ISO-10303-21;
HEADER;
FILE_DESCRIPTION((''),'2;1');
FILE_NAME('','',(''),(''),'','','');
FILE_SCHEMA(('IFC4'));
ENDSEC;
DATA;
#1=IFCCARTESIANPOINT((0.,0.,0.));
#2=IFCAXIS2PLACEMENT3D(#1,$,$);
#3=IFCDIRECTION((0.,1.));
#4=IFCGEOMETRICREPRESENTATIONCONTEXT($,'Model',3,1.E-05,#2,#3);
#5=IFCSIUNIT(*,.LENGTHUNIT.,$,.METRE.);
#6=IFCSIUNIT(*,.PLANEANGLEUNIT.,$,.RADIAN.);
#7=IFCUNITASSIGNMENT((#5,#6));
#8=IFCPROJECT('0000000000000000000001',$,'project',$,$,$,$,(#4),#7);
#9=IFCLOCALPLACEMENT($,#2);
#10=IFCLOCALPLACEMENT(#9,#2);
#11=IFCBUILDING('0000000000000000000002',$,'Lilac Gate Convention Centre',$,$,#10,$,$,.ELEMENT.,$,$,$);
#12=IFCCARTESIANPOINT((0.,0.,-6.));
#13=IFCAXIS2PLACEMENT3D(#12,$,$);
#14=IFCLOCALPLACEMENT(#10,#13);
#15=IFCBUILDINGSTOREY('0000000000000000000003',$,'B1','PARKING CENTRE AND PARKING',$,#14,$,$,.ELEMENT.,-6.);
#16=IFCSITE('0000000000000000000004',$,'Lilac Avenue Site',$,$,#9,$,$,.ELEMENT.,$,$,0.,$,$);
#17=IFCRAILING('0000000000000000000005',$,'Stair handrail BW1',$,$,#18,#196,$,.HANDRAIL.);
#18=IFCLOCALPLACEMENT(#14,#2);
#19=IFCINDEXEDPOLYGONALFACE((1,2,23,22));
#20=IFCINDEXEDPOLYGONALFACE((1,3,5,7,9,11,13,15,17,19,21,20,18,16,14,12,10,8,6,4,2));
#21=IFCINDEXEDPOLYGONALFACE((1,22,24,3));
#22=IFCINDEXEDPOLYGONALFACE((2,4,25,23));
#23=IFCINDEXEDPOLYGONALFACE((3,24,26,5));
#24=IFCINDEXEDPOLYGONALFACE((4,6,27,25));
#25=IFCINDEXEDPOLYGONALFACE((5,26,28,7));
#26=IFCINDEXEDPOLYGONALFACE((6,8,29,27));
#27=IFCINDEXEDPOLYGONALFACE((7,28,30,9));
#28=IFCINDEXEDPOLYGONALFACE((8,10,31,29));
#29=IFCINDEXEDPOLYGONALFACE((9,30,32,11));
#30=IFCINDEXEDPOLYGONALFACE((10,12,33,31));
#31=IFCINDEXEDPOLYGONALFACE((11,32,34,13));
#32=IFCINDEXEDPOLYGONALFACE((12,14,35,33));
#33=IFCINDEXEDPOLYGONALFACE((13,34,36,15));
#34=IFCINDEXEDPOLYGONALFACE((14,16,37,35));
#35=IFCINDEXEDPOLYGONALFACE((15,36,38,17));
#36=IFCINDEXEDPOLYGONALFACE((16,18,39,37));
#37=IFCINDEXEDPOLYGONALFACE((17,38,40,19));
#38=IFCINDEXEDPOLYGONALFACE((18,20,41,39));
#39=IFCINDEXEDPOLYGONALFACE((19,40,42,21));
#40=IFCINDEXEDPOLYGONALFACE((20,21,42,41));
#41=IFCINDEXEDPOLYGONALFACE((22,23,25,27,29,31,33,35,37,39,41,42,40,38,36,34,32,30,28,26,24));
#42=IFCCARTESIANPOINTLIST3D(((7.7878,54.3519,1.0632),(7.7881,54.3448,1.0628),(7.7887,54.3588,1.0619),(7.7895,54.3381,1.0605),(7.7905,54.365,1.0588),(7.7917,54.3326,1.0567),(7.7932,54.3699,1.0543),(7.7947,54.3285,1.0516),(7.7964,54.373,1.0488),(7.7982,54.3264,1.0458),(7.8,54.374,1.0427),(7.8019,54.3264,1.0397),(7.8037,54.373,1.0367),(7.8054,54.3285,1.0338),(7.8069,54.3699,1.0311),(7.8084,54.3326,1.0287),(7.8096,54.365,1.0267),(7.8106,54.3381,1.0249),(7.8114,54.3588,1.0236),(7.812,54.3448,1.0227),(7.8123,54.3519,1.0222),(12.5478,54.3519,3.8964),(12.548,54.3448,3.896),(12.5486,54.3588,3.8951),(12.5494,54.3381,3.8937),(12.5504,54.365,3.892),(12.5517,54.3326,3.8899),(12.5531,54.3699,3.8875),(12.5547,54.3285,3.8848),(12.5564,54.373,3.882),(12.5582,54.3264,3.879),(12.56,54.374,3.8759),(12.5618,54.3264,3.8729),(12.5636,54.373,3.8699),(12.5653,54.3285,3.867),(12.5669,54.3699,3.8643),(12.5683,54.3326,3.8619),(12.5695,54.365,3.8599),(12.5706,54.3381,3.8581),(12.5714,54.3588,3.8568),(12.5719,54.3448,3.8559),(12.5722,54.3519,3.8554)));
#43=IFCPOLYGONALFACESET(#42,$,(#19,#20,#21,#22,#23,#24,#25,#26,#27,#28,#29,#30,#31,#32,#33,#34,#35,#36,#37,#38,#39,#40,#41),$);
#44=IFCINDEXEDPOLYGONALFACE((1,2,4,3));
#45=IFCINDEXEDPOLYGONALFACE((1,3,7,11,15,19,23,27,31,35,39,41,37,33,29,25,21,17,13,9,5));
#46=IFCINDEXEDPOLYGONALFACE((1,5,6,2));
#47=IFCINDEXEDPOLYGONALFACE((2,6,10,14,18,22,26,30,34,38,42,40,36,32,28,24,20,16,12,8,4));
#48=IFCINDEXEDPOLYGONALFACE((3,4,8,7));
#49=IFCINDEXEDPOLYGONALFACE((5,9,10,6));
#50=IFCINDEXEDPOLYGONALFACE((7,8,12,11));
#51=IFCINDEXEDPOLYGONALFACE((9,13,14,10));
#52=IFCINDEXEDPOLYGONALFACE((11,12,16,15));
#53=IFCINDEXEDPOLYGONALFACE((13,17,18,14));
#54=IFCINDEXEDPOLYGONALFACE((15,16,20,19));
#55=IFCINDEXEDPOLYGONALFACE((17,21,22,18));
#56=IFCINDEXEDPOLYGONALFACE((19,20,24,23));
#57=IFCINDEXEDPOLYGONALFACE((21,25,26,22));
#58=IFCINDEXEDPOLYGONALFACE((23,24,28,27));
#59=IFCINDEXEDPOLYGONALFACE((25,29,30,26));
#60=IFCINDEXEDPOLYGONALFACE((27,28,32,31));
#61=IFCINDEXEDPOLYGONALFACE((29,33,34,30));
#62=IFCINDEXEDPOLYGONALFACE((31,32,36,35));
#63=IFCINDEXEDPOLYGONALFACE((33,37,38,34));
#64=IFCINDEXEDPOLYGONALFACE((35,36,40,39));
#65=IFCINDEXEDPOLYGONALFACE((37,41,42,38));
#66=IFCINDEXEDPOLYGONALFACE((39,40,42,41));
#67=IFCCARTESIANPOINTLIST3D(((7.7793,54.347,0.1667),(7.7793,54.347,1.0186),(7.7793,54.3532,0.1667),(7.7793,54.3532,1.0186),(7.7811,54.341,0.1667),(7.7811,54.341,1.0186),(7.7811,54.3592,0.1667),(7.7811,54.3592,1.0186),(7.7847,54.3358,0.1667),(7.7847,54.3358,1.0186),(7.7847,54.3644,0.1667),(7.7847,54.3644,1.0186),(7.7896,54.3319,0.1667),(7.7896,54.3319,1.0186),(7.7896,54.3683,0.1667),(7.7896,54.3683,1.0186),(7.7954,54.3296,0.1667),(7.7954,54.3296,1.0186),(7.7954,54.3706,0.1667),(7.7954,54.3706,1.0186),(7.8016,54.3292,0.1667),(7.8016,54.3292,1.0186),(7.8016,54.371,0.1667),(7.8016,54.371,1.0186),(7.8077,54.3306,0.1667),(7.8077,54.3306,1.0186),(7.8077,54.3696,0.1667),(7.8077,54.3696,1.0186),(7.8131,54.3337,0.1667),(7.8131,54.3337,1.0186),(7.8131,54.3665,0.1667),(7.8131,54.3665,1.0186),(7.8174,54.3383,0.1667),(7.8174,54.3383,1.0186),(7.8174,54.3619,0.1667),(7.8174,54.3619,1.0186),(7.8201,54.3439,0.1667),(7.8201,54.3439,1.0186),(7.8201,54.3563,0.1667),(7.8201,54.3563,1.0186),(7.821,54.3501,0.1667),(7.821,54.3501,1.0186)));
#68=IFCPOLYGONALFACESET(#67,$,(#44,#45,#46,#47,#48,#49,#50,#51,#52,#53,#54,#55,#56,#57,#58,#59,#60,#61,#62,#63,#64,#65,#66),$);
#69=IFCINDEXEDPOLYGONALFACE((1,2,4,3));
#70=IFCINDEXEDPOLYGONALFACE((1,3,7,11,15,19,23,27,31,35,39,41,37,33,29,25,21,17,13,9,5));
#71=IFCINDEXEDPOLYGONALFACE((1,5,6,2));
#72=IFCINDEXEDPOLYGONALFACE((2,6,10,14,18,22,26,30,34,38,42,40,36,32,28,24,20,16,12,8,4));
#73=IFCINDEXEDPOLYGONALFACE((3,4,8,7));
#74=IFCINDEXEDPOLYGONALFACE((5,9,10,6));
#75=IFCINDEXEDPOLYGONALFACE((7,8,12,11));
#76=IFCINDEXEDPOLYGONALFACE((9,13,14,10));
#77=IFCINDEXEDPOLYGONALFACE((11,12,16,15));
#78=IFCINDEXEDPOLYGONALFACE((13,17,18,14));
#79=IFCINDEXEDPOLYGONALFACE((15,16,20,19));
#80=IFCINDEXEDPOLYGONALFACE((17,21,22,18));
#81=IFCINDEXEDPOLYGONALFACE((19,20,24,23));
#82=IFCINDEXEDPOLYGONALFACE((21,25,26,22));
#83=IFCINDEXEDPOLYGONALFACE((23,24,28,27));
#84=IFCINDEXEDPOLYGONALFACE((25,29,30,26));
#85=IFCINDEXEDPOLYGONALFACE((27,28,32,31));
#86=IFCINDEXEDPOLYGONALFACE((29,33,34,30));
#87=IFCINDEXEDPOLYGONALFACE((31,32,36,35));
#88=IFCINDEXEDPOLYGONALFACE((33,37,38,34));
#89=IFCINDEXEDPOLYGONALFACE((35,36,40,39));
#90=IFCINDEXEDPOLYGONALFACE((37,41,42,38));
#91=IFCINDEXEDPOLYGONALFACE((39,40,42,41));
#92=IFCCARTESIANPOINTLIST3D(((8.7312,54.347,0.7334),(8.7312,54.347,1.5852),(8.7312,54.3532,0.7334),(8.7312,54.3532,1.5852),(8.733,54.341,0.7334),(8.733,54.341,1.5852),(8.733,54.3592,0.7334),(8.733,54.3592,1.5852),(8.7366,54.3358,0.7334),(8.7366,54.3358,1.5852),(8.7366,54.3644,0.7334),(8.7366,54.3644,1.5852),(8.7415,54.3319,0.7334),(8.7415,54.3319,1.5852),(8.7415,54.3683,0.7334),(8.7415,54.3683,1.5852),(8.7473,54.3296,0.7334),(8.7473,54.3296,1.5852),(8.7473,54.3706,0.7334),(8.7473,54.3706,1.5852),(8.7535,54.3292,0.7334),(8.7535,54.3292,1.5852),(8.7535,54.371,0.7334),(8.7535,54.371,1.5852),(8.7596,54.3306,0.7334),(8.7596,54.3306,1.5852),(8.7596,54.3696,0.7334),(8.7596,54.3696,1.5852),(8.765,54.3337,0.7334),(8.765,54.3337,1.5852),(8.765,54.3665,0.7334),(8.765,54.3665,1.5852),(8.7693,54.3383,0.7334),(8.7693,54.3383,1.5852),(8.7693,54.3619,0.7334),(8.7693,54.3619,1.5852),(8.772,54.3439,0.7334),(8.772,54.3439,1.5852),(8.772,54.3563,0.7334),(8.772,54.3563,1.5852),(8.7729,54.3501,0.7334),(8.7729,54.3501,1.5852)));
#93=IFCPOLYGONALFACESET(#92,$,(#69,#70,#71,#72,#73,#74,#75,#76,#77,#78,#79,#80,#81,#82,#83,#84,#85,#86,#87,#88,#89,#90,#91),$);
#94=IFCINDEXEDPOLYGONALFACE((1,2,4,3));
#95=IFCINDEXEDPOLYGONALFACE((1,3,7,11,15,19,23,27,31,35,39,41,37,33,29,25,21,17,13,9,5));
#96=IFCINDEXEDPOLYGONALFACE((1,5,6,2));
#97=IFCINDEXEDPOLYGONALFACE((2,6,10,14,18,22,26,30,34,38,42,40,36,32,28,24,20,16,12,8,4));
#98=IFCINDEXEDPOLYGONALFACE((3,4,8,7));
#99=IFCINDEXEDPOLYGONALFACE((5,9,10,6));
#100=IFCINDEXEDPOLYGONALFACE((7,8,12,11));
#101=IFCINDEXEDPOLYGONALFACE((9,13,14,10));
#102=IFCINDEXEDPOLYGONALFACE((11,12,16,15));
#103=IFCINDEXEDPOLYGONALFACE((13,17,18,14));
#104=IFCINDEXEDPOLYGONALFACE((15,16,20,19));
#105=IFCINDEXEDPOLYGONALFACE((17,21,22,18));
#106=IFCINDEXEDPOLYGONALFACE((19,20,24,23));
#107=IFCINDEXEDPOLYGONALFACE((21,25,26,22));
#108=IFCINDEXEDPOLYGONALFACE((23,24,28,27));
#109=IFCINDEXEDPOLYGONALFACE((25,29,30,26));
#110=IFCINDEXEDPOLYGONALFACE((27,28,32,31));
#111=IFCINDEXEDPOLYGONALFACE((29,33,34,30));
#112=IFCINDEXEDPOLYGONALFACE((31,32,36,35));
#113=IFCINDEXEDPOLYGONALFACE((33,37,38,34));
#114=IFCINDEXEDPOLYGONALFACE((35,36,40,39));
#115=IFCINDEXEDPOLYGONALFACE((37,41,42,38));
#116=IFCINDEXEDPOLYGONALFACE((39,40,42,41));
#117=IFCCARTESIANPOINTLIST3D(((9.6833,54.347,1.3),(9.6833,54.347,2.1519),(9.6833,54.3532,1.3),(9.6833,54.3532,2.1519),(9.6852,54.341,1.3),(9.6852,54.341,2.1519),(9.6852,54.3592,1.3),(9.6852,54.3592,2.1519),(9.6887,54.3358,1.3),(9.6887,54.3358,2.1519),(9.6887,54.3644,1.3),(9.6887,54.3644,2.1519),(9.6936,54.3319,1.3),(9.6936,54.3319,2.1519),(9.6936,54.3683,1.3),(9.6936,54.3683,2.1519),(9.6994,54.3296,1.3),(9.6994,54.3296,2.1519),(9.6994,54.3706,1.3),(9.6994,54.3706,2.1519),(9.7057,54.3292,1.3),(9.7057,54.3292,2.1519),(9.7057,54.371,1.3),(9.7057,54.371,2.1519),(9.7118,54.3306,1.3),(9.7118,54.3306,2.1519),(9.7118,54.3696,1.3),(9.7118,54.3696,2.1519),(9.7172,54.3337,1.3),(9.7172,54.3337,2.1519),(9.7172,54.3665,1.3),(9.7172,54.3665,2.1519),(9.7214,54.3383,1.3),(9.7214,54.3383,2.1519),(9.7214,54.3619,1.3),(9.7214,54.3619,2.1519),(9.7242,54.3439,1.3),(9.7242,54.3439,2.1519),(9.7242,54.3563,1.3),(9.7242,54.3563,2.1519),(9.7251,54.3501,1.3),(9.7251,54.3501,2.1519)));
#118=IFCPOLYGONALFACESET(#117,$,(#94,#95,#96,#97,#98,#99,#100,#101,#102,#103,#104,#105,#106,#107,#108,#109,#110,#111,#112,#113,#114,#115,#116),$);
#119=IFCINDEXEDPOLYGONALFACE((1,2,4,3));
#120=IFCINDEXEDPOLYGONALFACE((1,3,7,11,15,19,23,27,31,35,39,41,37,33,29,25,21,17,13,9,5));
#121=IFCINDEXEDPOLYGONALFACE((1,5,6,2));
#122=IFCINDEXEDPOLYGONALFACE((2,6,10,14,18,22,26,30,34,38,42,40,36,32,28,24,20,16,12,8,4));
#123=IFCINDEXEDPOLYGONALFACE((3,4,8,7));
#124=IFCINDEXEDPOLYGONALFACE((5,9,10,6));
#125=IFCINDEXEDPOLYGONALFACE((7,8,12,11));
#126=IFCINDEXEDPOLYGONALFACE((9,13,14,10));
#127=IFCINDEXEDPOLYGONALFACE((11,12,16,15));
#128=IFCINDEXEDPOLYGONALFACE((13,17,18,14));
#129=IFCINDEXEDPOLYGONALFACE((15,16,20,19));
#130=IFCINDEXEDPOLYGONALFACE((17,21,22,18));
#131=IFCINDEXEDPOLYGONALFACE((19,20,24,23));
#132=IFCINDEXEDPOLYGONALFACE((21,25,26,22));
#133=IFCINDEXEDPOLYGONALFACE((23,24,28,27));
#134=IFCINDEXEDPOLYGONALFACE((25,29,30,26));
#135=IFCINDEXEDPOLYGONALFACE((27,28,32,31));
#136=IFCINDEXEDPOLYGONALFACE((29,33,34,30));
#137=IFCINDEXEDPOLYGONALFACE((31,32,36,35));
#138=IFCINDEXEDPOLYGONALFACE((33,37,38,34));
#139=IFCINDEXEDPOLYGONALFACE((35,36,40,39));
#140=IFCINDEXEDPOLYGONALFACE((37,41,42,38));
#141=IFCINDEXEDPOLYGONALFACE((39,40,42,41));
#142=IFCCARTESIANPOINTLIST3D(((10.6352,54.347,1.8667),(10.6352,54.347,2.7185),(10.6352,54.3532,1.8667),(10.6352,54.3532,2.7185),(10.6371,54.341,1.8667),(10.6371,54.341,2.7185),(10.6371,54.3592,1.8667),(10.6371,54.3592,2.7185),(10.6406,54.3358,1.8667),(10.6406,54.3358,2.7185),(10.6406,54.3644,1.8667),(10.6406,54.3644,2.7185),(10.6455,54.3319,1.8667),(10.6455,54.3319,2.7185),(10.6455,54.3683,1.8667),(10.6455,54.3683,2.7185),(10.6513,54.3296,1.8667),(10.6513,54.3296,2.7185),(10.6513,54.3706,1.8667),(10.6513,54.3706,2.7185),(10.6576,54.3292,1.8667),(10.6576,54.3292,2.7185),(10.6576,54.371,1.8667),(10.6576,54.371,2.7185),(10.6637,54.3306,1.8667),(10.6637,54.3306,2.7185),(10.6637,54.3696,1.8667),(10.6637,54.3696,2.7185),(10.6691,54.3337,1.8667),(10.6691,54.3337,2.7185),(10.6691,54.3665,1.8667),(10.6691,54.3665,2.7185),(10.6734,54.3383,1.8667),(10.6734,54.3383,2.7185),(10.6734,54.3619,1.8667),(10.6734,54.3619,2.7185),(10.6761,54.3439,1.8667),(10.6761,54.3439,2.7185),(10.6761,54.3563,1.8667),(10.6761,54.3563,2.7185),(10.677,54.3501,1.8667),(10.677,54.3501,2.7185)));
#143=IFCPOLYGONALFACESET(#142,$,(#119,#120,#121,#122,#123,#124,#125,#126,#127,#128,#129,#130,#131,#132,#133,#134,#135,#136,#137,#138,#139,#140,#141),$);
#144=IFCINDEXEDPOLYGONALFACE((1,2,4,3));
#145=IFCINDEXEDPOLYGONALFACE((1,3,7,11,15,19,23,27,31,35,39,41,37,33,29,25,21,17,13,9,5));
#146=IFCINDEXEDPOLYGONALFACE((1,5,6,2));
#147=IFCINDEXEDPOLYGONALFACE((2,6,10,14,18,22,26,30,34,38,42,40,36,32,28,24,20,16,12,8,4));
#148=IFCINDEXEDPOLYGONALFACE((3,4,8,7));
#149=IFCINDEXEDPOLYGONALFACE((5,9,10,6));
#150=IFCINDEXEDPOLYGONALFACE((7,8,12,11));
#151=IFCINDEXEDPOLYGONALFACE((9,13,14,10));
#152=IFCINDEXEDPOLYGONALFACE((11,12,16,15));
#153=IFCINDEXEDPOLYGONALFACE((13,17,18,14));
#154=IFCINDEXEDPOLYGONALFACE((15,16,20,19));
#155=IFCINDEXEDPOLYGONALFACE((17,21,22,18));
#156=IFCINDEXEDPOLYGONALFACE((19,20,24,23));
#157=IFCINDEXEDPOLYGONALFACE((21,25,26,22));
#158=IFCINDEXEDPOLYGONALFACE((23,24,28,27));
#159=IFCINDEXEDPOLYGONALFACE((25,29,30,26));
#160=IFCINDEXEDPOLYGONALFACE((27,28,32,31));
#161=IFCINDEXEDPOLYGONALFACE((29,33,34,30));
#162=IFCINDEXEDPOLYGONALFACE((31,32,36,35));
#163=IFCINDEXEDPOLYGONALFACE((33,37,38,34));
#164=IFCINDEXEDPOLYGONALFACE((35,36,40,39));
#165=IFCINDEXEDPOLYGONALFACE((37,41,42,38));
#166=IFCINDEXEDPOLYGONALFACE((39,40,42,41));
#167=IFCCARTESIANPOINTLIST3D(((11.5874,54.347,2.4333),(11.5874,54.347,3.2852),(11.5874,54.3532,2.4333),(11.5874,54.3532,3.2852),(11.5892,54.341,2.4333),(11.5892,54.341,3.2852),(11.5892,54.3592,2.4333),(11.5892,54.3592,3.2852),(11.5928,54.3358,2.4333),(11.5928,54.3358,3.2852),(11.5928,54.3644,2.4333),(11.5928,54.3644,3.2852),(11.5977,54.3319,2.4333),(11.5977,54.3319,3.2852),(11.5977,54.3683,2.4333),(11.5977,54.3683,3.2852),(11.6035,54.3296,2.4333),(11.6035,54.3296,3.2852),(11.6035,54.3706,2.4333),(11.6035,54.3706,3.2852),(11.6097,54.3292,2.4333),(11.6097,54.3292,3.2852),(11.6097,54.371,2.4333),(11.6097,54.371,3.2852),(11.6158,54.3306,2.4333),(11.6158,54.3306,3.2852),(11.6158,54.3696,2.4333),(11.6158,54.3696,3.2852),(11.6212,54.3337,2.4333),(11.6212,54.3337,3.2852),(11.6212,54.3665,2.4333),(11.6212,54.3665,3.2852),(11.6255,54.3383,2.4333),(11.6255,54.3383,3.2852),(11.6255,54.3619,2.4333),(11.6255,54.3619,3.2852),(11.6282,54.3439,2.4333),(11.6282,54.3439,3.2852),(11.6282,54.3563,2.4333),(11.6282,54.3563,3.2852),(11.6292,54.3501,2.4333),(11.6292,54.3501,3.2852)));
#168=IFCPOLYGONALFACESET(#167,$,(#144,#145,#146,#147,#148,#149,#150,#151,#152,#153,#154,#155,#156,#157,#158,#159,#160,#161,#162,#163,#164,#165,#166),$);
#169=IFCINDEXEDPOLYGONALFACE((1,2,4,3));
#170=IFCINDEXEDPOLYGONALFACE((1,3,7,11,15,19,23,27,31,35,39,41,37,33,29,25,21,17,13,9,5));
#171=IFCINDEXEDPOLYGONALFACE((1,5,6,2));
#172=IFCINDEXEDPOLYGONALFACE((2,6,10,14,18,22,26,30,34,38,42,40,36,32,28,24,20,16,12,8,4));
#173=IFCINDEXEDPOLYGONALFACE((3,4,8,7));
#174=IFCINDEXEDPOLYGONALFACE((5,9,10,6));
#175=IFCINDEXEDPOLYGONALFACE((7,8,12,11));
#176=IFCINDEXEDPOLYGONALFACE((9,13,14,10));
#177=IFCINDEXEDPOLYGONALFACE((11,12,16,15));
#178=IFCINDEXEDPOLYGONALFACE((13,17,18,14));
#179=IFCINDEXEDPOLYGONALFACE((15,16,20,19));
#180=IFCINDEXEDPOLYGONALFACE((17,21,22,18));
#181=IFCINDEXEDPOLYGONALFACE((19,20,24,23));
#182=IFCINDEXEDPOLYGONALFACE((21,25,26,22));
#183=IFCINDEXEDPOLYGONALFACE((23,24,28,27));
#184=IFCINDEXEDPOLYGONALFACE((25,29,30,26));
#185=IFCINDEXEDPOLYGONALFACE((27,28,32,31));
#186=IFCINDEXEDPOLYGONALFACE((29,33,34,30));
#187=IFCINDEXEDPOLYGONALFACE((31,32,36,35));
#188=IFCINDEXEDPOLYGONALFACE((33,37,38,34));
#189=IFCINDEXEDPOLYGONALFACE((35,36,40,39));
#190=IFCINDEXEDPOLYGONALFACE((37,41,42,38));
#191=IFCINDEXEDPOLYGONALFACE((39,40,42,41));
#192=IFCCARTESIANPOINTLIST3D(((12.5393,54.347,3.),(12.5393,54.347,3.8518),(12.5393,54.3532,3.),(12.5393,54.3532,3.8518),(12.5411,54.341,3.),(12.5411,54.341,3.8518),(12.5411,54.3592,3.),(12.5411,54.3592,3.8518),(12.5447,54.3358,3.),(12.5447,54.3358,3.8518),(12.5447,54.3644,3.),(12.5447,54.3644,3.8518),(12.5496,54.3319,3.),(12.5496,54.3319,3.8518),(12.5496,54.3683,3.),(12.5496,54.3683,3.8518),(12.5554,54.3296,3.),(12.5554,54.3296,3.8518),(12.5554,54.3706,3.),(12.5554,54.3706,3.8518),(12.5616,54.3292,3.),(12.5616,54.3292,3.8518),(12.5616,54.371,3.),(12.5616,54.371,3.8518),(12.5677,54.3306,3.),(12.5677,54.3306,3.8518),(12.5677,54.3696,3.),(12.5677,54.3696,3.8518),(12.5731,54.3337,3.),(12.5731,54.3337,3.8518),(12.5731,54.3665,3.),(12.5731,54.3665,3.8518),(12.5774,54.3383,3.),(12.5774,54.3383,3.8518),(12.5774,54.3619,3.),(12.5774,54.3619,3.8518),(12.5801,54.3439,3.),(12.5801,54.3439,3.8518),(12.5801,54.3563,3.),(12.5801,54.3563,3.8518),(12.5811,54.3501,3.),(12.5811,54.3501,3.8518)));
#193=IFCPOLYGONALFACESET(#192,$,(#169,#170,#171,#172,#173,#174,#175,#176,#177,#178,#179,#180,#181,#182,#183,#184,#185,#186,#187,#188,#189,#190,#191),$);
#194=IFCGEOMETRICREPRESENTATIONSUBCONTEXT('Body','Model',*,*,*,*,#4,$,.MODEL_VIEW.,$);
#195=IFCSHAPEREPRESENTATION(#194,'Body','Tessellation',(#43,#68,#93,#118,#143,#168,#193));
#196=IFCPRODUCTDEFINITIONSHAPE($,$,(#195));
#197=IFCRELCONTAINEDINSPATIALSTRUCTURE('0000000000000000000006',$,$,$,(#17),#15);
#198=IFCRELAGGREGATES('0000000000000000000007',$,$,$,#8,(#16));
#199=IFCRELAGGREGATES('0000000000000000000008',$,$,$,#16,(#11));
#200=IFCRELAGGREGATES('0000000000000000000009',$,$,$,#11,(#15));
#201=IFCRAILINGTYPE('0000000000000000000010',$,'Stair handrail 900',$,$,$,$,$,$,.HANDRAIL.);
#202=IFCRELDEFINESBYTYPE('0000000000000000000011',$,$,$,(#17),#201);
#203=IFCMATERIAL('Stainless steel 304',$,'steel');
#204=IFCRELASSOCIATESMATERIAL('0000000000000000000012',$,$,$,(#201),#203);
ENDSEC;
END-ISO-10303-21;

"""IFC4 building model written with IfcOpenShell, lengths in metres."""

from ifc_helpers import new_model, si_unit, direction, frame, origin, origin_2d, place, context, subcontext, project, spatial, circle, extrude, material, type_object, element, save


model = new_model("IFC4")

# Units and contexts
model_context = context("Model", 3, precision=1e-05, world=origin(), true_north=direction((0.0, 1.0)))
body_context = subcontext(model_context, "Body", "Model", "MODEL_VIEW")
ifc_project = project(units=[si_unit("LENGTHUNIT", "METRE"), si_unit("PLANEANGLEUNIT", "RADIAN")], contexts=[model_context])

# Site, building, storey
site_placement = place(None, origin())
site = spatial("IfcSite", under=ifc_project, at=site_placement, Name="Lilac Avenue Site", CompositionType="ELEMENT", RefElevation=0.0)
building_placement = place(site_placement, origin())
building = spatial("IfcBuilding", under=site, at=building_placement, Name="Lilac Gate Convention Centre", CompositionType="ELEMENT")
storey_placement = place(building_placement, frame((0.0, 0.0, -6.0)))
storey = spatial("IfcBuildingStorey", under=building, at=storey_placement, Name="B1", Description="PARKING CENTRE AND PARKING", CompositionType="ELEMENT", Elevation=-6.0)

# Railing
ifc_material_1 = material(Name="Stainless steel 304", Category="steel")
railing_type = type_object("IfcRailingType", Name="Stair handrail 900", PredefinedType="HANDRAIL", material=ifc_material_1)
for number, where, name in (
    (1, (7.8, 54.3501, 0.1667), "Stair handrail BW1"),
):
    element("IfcRailing", number, at=place(storey_placement, frame(where)), inside=storey, type_object=railing_type, Name=name, PredefinedType="HANDRAIL", context=body_context, shape_type="SweptSolid", body=[
        extrude(circle(Radius=0.0239, at=origin_2d()), frame((0.0, 0.0, 0.876), z_axis=(0.8593, 0.0, 0.511472), x_axis=(0.0, 1.0, 0.0)), (0.0, 0.0, 1.0), 5.5393),
        extrude(circle(Radius=0.021, at=origin_2d()), origin(), (0.0, 0.0, 1.0), 0.8518),
        extrude(circle(Radius=0.021, at=origin_2d()), frame((0.9519, 0.0, 0.5667)), (0.0, 0.0, 1.0), 0.8518),
        extrude(circle(Radius=0.021, at=origin_2d()), frame((1.9041, 0.0, 1.1333)), (0.0, 0.0, 1.0), 0.8518),
        extrude(circle(Radius=0.021, at=origin_2d()), frame((2.856, 0.0, 1.7)), (0.0, 0.0, 1.0), 0.8518),
        extrude(circle(Radius=0.021, at=origin_2d()), frame((3.8081, 0.0, 2.2666)), (0.0, 0.0, 1.0), 0.8518),
        extrude(circle(Radius=0.021, at=origin_2d()), frame((4.76, 0.0, 2.8333)), (0.0, 0.0, 1.0), 0.8518),
    ])

save(model, "model.ifc")
